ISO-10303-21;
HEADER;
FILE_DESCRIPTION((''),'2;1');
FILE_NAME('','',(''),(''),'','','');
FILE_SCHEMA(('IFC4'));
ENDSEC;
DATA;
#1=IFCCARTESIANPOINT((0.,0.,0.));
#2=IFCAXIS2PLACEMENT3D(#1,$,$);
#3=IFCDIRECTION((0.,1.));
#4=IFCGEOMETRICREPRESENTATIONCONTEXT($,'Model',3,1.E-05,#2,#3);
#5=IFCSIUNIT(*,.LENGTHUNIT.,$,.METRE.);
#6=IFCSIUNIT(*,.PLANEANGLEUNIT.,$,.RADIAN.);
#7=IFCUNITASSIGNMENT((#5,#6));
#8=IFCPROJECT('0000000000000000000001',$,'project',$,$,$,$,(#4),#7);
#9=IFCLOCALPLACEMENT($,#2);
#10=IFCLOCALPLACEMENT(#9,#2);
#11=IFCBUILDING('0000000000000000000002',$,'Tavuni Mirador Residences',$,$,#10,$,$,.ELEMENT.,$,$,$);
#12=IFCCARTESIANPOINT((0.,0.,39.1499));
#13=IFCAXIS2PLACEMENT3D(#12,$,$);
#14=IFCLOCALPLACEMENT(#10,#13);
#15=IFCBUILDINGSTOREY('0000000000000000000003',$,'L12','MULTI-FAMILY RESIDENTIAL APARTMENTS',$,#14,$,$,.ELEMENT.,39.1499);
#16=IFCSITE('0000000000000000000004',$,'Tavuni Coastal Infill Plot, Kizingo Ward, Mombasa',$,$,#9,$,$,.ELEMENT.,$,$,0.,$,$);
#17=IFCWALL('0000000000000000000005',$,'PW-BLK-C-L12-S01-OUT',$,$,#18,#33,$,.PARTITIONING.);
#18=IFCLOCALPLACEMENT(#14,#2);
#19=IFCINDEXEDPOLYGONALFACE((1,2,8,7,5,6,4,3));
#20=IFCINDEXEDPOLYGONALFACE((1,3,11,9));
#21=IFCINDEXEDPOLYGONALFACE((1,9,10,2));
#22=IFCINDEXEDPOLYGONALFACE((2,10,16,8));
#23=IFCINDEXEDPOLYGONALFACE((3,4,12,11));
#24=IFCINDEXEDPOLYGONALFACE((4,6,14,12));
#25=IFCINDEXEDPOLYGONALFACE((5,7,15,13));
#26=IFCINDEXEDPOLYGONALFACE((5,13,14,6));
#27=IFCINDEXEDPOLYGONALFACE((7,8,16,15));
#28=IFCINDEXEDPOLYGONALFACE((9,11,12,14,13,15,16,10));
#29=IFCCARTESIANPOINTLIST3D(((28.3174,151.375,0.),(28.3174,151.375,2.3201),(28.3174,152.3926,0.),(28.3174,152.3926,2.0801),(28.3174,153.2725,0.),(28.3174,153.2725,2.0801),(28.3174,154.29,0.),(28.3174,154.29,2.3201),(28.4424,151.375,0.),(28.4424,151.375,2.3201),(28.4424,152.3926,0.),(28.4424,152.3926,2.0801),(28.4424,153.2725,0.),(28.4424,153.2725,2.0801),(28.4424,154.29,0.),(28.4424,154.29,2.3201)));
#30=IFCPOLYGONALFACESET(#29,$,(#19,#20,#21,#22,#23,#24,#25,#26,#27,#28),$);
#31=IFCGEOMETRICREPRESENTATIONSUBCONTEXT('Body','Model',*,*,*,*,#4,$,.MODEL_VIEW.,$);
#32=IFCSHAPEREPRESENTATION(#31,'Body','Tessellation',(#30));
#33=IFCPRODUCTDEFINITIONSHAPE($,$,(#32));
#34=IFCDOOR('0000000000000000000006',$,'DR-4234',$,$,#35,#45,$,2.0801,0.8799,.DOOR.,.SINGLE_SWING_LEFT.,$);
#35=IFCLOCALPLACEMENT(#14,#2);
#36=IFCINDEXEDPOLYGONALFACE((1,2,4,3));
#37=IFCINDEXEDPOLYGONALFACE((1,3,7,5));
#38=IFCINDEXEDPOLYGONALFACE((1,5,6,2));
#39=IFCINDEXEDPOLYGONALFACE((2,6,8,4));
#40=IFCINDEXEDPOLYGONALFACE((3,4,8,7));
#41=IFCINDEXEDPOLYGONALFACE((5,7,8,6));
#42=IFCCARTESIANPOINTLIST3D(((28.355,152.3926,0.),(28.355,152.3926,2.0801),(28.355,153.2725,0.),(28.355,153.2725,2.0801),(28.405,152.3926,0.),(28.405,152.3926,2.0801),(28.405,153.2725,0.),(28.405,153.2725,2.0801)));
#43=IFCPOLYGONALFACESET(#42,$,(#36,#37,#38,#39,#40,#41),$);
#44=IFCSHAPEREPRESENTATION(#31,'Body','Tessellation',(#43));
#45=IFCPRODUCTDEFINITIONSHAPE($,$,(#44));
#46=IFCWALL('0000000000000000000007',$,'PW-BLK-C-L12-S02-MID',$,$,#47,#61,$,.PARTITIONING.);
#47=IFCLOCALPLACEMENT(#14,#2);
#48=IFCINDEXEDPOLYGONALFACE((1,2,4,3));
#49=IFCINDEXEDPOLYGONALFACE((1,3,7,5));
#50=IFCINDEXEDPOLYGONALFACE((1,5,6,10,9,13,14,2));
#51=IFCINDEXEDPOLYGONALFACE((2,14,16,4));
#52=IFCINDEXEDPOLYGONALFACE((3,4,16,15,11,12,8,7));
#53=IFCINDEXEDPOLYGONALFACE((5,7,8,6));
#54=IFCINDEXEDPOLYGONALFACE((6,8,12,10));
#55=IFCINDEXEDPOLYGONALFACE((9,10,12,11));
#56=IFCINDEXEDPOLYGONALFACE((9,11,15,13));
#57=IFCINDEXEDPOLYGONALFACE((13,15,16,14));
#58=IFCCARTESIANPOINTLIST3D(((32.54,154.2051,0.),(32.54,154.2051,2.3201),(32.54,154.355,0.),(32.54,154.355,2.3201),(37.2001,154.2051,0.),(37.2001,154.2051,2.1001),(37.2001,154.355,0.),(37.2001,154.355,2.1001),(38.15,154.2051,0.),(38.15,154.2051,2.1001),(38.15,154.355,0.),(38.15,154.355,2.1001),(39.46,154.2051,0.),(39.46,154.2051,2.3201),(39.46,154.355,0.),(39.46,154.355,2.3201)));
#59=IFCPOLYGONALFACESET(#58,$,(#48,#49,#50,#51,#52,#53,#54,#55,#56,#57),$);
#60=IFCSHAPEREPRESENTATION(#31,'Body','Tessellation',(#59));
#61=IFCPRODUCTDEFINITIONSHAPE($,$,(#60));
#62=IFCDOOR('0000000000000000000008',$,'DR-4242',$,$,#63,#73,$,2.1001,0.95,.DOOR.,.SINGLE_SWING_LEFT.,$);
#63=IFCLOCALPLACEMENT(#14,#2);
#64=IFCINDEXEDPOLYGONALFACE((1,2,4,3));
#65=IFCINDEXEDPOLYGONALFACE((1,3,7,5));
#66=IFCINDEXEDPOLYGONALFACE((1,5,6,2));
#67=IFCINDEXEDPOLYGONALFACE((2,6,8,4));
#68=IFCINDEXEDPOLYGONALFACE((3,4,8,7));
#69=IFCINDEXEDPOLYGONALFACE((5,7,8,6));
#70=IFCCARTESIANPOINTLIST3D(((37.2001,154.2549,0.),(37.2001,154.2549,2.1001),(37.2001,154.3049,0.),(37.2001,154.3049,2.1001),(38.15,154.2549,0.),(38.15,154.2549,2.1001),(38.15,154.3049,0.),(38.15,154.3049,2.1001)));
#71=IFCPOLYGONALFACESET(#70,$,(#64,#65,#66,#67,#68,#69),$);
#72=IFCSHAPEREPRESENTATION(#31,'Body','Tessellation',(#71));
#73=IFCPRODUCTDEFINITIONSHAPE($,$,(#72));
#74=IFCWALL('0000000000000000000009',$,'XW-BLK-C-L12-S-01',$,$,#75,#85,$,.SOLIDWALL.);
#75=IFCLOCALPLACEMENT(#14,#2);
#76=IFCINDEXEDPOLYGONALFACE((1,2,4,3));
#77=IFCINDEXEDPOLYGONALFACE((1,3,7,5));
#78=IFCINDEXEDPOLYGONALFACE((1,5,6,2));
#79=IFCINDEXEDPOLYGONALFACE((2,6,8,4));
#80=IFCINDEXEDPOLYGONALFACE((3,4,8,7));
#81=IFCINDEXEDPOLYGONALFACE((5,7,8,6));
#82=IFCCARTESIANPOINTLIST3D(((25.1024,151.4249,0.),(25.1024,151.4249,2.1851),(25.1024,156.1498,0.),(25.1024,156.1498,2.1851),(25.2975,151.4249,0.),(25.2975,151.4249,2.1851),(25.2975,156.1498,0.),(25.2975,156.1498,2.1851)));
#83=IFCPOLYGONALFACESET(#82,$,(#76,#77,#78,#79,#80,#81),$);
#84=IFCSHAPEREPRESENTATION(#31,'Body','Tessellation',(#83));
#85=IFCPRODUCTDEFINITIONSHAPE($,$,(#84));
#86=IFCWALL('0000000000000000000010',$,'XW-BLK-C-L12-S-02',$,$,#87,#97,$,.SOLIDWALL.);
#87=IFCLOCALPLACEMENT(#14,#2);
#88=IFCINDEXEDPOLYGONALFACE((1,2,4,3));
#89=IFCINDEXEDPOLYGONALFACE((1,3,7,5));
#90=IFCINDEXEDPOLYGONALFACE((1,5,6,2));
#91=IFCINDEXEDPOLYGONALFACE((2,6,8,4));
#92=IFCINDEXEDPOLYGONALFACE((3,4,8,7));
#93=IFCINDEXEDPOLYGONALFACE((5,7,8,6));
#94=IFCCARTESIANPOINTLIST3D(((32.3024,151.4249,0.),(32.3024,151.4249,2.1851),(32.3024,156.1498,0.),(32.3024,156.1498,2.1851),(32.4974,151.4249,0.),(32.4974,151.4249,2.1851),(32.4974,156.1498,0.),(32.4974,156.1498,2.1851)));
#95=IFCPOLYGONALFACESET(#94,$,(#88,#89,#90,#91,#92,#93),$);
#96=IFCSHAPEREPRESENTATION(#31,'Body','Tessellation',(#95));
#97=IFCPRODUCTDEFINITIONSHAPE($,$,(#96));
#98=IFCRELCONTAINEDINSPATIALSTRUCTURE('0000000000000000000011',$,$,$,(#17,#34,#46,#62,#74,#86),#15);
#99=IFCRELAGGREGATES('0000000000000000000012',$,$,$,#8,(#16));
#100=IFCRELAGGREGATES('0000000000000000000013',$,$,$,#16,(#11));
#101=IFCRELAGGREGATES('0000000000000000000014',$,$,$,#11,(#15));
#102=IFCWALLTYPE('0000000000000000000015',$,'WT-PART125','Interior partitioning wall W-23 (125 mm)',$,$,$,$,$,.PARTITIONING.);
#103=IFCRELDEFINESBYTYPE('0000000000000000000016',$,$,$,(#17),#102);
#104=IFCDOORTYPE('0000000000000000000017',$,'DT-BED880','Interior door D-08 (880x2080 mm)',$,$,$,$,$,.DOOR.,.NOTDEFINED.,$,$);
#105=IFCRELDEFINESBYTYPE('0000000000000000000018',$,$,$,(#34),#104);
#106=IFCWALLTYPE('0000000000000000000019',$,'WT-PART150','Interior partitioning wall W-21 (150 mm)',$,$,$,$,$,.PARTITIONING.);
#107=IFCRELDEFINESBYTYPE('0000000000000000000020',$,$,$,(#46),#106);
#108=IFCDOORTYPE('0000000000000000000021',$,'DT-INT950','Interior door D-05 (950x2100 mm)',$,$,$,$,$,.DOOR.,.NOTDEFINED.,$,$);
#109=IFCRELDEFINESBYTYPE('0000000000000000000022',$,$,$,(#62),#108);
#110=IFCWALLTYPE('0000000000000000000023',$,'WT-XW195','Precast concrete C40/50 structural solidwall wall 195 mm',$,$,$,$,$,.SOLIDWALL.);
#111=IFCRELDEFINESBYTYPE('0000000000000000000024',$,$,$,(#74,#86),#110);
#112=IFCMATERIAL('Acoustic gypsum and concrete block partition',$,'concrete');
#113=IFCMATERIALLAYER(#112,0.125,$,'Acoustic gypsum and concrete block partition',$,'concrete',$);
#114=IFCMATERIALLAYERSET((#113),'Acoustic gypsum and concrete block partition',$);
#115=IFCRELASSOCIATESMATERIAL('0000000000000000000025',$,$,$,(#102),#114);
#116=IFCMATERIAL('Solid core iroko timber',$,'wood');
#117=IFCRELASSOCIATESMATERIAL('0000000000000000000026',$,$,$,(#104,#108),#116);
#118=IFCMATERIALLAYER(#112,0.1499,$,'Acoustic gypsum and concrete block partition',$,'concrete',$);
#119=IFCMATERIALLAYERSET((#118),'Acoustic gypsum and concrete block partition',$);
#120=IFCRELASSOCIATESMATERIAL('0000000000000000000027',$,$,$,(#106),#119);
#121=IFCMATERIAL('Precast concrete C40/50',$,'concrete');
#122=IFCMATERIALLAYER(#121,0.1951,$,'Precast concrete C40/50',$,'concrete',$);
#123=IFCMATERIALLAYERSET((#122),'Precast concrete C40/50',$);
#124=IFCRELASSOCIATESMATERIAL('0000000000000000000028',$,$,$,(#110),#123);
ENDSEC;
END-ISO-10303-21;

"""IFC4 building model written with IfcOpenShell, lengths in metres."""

from ifc_helpers import new_model, si_unit, direction, frame, frame_2d, origin, place, context, subcontext, project, spatial, rectangle, extrude, material, layer, layer_set, type_object, element, fill, save


model = new_model("IFC4")

# Units and contexts
model_context = context("Model", 3, precision=1e-05, world=origin(), true_north=direction((0.0, 1.0)))
body_context = subcontext(model_context, "Body", "Model", "MODEL_VIEW")
ifc_project = project(units=[si_unit("LENGTHUNIT", "METRE"), si_unit("PLANEANGLEUNIT", "RADIAN")], contexts=[model_context])

# Site, building, storey
site_placement = place(None, origin())
site = spatial("IfcSite", under=ifc_project, at=site_placement, Name="Tavuni Coastal Infill Plot, Kizingo Ward, Mombasa", CompositionType="ELEMENT", RefElevation=0.0)
building_placement = place(site_placement, origin())
building = spatial("IfcBuilding", under=site, at=building_placement, Name="Tavuni Mirador Residences", CompositionType="ELEMENT")
storey_placement = place(building_placement, frame((0.0, 0.0, 39.1499)))
storey = spatial("IfcBuildingStorey", under=building, at=storey_placement, Name="L12", Description="MULTI-FAMILY RESIDENTIAL APARTMENTS", CompositionType="ELEMENT", Elevation=39.1499)

# Shared definitions
ifc_material_1 = material(Name="Precast concrete C40/50", Category="concrete")

# Walls, openings, doors
ifc_material_2 = material(Name="Acoustic gypsum and concrete block partition", Category="concrete")
ifc_layer_1 = layer(ifc_material_2, 0.125, Name="Acoustic gypsum and concrete block partition", Category="concrete")
ifc_layer_set_1 = layer_set([ifc_layer_1], Name="Acoustic gypsum and concrete block partition")
wall_type_1 = type_object("IfcWallType", Name="WT-PART125", Description="Interior partitioning wall W-23 (125 mm)", PredefinedType="PARTITIONING", material=ifc_layer_set_1)
ifc_material_3 = material(Name="Solid core iroko timber", Category="wood")
wall_1_placement = place(storey_placement, frame((28.3799, 151.375, 0.0), z_axis=(0.0, 0.0, 1.0), x_axis=(0.0, 1.0, 0.0)))
wall_1 = element("IfcWall", 1, at=wall_1_placement, inside=storey, type_object=wall_type_1, Name="PW-BLK-C-L12-S01-OUT", PredefinedType="PARTITIONING", context=body_context, shape_type="SweptSolid", body=[
    extrude(rectangle(XDim=2.915, YDim=0.125, at=frame_2d((1.4575, 0.0))), origin(), (0.0, 0.0, 1.0), 2.3201),
])
opening_1_placement = place(wall_1_placement, frame((1.0176, 0.0, 0.0)))
opening_1 = element("IfcOpeningElement", 2, at=opening_1_placement, cuts=wall_1, PredefinedType="OPENING", context=body_context, shape_type="SweptSolid", body=[
    extrude(rectangle(XDim=0.8799, YDim=2.0801, at=frame_2d((0.4399, 1.04))), frame((0.0, 0.0725, 0.0), z_axis=(0.0, -1.0, 0.0), x_axis=(1.0, 0.0, 0.0)), (0.0, 0.0, 1.0), 0.145),
])
door_type_1 = type_object("IfcDoorType", Name="DT-BED880", Description="Interior door D-08 (880x2080 mm)", OperationType="NOTDEFINED", PredefinedType="DOOR", material=ifc_material_3)
door_1_placement = place(opening_1_placement, origin())
door_1 = element("IfcDoor", 3, at=door_1_placement, inside=storey, type_object=door_type_1, Name="DR-4234", OperationType="SINGLE_SWING_LEFT", OverallHeight=2.0801, OverallWidth=0.8799, PredefinedType="DOOR", context=body_context, shape_type="SweptSolid", body=[
    extrude(rectangle(XDim=0.8799, YDim=2.0801, at=frame_2d((0.4399, 1.04))), frame((0.0, 0.0249, 0.0), z_axis=(0.0, -1.0, 0.0), x_axis=(1.0, 0.0, 0.0)), (0.0, 0.0, 1.0), 0.05),
])
fill(opening_1, door_1)
ifc_layer_2 = layer(ifc_material_2, 0.1499, Name="Acoustic gypsum and concrete block partition", Category="concrete")
ifc_layer_set_2 = layer_set([ifc_layer_2], Name="Acoustic gypsum and concrete block partition")
wall_type_2 = type_object("IfcWallType", Name="WT-PART150", Description="Interior partitioning wall W-21 (150 mm)", PredefinedType="PARTITIONING", material=ifc_layer_set_2)
wall_2_placement = place(storey_placement, frame((32.54, 154.28, 0.0), z_axis=(0.0, 0.0, 1.0), x_axis=(1.0, 0.0, 0.0)))
wall_2 = element("IfcWall", 4, at=wall_2_placement, inside=storey, type_object=wall_type_2, Name="PW-BLK-C-L12-S02-MID", PredefinedType="PARTITIONING", context=body_context, shape_type="SweptSolid", body=[
    extrude(rectangle(XDim=6.9199, YDim=0.1499, at=frame_2d((3.46, 0.0))), origin(), (0.0, 0.0, 1.0), 2.3201),
])
opening_2_placement = place(wall_2_placement, frame((4.6599, 0.0, 0.0)))
opening_2 = element("IfcOpeningElement", 5, at=opening_2_placement, cuts=wall_2, PredefinedType="OPENING", context=body_context, shape_type="SweptSolid", body=[
    extrude(rectangle(XDim=0.95, YDim=2.1001, at=frame_2d((0.4751, 1.05))), frame((0.0, 0.085, 0.0), z_axis=(0.0, -1.0, 0.0), x_axis=(1.0, 0.0, 0.0)), (0.0, 0.0, 1.0), 0.1699),
])
door_type_2 = type_object("IfcDoorType", Name="DT-INT950", Description="Interior door D-05 (950x2100 mm)", OperationType="NOTDEFINED", PredefinedType="DOOR", material=ifc_material_3)
door_2_placement = place(opening_2_placement, origin())
door_2 = element("IfcDoor", 6, at=door_2_placement, inside=storey, type_object=door_type_2, Name="DR-4242", OperationType="SINGLE_SWING_LEFT", OverallHeight=2.1001, OverallWidth=0.95, PredefinedType="DOOR", context=body_context, shape_type="SweptSolid", body=[
    extrude(rectangle(XDim=0.95, YDim=2.1001, at=frame_2d((0.4751, 1.05))), frame((0.0, 0.0249, 0.0), z_axis=(0.0, -1.0, 0.0), x_axis=(1.0, 0.0, 0.0)), (0.0, 0.0, 1.0), 0.05),
])
fill(opening_2, door_2)

# Walls
ifc_layer_3 = layer(ifc_material_1, 0.1951, Name="Precast concrete C40/50", Category="concrete")
ifc_layer_set_3 = layer_set([ifc_layer_3], Name="Precast concrete C40/50")
wall_type_3 = type_object("IfcWallType", Name="WT-XW195", Description="Precast concrete C40/50 structural solidwall wall 195 mm", PredefinedType="SOLIDWALL", material=ifc_layer_set_3)
for number, where, z_axis, x_axis, name in (
    (7, (25.2, 151.425, 0.0), (0.0, 0.0, 1.0), (0.0, 1.0, 0.0), "XW-BLK-C-L12-S-01"),
    (8, (32.3999, 151.425, 0.0), (0.0, 0.0, 1.0), (0.0, 1.0, 0.0), "XW-BLK-C-L12-S-02"),
):
    element("IfcWall", number, at=place(storey_placement, frame(where, z_axis=z_axis, x_axis=x_axis)), inside=storey, type_object=wall_type_3, Name=name, PredefinedType="SOLIDWALL", context=body_context, shape_type="SweptSolid", body=[
        extrude(rectangle(XDim=4.7249, YDim=0.1951, at=frame_2d((2.3623, 0.0))), origin(), (0.0, 0.0, 1.0), 2.1851),
    ])

save(model, "model.ifc")
